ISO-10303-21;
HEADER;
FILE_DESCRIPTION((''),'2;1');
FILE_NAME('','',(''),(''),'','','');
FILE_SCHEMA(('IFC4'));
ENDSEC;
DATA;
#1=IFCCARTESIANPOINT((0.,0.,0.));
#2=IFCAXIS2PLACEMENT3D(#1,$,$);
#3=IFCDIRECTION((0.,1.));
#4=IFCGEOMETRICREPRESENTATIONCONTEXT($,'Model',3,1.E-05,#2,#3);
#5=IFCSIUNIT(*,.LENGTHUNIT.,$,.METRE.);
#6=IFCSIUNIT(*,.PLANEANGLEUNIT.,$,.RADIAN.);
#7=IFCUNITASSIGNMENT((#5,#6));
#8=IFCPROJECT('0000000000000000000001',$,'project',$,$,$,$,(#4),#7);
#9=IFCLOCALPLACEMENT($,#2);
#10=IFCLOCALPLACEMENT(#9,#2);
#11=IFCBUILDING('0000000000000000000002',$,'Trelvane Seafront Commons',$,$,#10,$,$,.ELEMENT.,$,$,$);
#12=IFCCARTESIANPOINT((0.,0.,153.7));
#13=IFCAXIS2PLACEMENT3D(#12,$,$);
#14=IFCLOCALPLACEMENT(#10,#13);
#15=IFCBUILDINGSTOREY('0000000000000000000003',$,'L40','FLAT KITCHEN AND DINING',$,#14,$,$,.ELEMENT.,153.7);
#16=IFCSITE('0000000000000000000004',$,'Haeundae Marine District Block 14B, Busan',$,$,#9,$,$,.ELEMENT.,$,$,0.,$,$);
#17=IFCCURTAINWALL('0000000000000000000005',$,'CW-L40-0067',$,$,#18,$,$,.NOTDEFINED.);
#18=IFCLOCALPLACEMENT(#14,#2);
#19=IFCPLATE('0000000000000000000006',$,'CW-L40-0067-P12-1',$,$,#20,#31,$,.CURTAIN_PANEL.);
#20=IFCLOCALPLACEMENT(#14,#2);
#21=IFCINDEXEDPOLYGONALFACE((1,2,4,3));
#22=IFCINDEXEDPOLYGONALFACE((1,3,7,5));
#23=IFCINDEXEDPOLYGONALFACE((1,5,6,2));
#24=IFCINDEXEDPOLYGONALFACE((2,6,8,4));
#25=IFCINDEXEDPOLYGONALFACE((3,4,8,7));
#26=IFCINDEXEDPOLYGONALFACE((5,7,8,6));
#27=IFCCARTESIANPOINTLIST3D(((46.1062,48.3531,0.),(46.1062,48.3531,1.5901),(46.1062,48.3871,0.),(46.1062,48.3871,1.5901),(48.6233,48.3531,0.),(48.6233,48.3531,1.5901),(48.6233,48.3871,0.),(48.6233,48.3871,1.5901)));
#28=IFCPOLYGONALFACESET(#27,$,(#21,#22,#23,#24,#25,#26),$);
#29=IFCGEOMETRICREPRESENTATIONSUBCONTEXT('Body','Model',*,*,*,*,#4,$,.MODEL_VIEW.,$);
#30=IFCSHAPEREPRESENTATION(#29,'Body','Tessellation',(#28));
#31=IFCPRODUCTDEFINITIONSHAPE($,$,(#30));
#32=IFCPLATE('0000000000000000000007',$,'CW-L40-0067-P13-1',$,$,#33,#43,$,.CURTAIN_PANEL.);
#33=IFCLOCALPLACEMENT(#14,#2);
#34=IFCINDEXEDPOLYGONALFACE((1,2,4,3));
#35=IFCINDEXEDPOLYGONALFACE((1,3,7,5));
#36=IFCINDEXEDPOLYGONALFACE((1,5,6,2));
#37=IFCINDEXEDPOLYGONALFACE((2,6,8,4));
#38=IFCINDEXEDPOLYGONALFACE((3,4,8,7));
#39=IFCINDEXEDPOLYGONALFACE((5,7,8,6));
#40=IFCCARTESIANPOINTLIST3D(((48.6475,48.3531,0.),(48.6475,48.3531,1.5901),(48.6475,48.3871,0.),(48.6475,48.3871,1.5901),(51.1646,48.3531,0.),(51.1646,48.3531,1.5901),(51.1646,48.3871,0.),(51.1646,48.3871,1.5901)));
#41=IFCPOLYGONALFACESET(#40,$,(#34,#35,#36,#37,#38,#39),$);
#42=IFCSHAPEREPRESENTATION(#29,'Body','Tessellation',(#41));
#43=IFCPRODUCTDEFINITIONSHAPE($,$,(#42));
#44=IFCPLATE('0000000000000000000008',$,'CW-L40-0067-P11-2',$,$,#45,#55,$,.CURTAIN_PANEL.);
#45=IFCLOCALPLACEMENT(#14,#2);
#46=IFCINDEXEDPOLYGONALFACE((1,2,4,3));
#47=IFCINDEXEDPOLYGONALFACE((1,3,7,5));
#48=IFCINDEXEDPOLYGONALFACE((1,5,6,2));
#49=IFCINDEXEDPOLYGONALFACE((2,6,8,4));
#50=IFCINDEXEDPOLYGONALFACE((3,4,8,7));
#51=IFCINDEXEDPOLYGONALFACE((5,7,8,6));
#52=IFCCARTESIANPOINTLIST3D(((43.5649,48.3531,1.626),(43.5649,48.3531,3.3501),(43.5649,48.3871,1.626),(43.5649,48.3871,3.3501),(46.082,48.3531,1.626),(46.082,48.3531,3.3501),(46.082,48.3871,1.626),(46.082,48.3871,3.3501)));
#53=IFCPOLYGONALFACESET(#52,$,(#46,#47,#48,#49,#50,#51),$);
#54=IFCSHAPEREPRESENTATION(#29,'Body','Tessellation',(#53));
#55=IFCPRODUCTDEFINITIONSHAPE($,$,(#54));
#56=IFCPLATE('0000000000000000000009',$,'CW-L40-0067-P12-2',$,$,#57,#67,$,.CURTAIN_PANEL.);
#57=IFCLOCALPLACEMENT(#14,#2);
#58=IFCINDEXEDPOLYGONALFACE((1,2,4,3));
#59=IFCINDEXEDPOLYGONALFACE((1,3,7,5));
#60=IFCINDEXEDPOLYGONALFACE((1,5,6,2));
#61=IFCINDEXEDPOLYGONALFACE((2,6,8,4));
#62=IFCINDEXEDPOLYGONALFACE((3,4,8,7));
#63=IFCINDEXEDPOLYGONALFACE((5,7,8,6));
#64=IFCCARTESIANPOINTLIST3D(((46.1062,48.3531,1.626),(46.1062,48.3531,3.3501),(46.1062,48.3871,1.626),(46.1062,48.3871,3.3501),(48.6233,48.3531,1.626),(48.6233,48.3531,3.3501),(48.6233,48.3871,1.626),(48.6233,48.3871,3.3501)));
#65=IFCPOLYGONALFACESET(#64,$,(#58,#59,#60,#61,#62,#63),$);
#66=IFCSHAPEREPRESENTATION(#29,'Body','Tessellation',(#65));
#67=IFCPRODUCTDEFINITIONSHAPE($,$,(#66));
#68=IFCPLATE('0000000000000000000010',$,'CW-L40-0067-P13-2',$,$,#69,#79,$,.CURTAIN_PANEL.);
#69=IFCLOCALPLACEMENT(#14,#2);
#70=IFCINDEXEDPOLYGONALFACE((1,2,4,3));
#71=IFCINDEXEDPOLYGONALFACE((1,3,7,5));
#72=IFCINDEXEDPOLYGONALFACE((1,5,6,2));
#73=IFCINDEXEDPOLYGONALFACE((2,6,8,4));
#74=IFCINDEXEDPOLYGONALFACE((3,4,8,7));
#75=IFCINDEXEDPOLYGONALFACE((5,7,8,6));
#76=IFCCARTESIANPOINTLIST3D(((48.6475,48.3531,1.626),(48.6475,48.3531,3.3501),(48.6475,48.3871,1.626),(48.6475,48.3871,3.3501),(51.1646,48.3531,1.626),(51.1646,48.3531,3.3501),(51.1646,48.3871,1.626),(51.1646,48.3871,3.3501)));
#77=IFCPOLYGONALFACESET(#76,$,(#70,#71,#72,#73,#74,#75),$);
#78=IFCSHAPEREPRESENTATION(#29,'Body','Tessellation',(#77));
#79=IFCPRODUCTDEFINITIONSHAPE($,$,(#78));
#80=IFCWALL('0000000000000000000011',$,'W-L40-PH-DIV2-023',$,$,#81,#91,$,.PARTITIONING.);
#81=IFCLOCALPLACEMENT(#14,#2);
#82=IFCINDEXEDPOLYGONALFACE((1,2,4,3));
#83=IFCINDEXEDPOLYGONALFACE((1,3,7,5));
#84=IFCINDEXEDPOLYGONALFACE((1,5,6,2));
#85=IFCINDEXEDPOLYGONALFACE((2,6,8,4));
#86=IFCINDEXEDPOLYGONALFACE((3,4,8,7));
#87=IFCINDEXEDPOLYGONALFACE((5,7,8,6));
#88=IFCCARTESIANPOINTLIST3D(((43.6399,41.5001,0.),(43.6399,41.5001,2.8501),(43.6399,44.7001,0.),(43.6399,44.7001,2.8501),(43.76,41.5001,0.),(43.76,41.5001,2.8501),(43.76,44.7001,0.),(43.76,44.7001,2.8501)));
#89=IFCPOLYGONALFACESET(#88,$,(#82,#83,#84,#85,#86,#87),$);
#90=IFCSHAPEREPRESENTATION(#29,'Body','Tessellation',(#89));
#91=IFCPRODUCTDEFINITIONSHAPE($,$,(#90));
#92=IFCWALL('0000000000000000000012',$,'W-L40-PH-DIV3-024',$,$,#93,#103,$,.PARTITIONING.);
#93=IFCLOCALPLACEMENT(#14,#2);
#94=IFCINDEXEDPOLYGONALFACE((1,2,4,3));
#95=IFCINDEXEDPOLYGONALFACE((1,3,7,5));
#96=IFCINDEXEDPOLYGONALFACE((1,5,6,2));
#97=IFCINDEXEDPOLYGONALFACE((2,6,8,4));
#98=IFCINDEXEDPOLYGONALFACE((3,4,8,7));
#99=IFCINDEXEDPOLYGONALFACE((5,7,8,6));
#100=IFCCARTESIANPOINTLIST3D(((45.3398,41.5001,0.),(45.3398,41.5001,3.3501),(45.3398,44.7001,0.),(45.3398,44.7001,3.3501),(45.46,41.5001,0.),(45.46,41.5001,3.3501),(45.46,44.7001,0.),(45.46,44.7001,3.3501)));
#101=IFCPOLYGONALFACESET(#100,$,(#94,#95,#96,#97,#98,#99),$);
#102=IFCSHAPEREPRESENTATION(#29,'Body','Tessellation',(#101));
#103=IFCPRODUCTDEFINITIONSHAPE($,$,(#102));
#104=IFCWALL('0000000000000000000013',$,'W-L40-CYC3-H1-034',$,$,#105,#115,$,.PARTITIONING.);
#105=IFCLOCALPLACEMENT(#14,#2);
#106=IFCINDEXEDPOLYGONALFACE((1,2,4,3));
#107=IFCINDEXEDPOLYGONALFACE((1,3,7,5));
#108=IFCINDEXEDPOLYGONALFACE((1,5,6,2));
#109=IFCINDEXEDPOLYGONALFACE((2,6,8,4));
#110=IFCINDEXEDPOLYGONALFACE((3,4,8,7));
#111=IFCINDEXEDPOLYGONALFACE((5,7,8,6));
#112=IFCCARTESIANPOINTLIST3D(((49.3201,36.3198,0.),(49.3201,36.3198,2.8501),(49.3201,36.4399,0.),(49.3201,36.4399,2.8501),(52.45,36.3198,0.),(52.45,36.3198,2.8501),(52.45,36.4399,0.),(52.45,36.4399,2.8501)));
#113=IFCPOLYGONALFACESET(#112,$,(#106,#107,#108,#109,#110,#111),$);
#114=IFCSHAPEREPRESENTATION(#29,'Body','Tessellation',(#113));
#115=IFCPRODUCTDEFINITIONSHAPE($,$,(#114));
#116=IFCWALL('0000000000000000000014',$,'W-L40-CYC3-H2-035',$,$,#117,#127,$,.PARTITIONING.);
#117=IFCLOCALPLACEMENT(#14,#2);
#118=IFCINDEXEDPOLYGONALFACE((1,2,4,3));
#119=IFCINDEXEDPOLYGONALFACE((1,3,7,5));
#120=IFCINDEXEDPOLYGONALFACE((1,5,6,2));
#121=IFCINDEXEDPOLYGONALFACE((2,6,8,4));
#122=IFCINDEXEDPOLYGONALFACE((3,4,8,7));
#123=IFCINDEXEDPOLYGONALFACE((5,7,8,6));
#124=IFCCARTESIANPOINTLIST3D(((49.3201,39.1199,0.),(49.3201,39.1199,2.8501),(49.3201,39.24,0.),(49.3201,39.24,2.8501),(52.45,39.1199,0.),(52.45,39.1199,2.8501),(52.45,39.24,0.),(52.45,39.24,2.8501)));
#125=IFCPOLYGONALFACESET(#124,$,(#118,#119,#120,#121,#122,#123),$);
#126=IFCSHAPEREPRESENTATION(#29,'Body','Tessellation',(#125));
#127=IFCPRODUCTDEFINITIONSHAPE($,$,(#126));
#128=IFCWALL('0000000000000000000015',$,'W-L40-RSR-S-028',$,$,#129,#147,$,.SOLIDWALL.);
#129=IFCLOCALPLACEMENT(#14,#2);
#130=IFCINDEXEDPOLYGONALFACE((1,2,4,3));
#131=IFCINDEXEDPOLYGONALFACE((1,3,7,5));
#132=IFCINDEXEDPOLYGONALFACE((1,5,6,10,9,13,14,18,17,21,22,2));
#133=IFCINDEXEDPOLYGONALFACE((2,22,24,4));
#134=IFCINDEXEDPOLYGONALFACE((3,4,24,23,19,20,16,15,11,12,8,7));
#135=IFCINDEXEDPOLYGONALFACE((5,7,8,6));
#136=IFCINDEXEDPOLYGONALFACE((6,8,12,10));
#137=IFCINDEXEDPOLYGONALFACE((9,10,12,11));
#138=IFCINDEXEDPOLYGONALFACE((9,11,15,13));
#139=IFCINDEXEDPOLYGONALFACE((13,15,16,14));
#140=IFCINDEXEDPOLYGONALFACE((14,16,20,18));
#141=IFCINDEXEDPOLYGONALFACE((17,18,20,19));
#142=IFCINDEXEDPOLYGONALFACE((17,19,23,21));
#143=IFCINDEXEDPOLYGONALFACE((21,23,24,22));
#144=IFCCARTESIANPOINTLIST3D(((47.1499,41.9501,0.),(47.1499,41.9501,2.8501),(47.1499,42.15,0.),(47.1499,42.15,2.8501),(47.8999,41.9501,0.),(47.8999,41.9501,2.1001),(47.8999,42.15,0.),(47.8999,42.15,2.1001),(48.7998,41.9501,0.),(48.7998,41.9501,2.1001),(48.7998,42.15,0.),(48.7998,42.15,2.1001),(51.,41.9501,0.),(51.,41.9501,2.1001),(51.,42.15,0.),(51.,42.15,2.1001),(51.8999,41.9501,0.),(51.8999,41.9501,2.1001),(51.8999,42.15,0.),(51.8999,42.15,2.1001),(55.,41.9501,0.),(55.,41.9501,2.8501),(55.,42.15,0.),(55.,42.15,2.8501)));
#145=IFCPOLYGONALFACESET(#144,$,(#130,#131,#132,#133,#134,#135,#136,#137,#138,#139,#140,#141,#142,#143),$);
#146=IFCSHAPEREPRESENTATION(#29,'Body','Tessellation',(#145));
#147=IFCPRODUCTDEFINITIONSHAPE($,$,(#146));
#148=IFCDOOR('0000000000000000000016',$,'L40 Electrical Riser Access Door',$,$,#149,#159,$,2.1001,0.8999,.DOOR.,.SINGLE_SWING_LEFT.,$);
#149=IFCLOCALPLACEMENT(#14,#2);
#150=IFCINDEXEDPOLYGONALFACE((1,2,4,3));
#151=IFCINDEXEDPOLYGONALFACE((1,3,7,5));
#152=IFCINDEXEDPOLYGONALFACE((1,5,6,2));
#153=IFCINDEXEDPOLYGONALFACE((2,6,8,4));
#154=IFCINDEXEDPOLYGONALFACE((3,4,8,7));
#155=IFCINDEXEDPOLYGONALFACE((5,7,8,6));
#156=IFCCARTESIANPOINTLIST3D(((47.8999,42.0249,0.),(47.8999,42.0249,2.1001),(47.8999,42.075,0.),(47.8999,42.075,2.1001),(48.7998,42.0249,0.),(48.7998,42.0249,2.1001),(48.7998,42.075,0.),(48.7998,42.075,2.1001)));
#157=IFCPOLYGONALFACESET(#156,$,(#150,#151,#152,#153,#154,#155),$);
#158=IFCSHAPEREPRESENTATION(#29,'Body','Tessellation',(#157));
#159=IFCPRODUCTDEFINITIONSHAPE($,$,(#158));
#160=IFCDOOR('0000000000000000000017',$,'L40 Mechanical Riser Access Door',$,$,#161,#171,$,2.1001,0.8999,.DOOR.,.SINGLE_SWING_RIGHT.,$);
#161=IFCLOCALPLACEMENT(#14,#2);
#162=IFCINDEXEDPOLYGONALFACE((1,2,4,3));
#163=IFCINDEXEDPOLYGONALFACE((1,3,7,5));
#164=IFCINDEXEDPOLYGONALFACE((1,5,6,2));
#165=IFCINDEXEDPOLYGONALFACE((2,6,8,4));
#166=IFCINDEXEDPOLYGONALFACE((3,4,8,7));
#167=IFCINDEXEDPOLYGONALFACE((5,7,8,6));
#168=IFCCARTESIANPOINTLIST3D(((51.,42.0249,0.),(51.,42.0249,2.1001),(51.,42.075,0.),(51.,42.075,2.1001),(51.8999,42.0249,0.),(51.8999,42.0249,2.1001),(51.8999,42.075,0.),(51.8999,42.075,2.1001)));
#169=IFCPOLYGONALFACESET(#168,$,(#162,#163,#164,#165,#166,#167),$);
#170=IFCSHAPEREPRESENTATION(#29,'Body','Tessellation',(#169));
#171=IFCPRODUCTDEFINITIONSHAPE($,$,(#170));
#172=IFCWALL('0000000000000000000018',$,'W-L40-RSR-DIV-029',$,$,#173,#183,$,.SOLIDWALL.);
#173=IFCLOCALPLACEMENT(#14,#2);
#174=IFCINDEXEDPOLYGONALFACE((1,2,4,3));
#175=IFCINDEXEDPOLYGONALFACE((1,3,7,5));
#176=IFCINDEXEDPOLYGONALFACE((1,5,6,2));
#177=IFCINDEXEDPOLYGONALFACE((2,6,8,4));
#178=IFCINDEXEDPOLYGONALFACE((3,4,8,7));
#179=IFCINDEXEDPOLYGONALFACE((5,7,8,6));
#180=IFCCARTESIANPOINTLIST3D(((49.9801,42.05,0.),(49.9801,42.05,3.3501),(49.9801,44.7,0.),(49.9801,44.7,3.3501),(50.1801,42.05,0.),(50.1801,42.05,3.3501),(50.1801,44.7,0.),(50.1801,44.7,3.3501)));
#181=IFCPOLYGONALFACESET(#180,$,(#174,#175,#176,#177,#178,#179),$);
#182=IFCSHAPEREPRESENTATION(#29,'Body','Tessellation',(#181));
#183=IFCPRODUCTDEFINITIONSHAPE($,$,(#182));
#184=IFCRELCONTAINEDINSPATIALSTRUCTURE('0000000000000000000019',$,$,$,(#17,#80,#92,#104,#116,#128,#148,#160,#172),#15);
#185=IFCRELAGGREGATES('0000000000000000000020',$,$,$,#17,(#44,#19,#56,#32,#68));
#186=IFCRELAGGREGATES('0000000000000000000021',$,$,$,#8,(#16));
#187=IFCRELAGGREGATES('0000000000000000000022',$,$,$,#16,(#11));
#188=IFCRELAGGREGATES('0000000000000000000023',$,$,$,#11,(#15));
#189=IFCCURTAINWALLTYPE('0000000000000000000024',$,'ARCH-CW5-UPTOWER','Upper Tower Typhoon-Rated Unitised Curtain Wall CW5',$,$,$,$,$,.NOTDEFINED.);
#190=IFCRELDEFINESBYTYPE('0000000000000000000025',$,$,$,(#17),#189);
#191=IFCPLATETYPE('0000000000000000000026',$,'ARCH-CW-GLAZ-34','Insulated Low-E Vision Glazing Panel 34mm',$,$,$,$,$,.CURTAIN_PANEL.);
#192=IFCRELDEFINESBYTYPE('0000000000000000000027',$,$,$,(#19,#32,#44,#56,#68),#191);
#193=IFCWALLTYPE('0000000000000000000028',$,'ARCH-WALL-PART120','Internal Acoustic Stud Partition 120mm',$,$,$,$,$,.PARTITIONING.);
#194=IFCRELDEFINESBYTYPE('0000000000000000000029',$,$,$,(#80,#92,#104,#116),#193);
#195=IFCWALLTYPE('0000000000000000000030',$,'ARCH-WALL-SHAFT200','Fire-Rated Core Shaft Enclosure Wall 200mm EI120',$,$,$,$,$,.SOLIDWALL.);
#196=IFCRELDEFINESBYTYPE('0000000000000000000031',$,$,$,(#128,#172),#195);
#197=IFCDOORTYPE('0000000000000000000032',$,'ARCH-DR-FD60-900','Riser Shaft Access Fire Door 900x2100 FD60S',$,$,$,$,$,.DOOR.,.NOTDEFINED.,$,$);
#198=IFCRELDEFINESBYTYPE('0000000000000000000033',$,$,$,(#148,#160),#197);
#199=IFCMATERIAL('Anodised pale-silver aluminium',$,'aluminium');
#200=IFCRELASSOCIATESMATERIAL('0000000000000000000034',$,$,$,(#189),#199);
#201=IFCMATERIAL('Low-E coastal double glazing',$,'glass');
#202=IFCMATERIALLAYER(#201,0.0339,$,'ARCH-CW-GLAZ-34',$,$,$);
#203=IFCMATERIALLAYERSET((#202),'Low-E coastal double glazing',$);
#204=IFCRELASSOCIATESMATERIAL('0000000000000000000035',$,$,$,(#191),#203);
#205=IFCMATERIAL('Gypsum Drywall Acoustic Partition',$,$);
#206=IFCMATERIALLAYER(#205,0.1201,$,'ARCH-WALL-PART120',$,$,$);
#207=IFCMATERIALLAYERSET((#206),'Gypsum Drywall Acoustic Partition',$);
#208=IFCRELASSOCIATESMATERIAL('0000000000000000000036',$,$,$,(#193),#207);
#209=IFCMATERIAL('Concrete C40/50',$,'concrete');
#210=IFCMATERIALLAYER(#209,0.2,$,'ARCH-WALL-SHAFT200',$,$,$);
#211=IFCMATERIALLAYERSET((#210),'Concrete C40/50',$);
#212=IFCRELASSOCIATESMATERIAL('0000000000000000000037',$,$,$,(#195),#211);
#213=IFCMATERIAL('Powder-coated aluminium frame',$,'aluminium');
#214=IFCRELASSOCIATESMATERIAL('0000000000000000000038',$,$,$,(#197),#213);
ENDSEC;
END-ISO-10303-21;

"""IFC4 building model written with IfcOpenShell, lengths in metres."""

from ifc_helpers import new_model, si_unit, direction, frame, frame_2d, origin, origin_2d, place, context, subcontext, project, spatial, rectangle, extrude, source, transform, mapped, material, layer, layer_set, type_object, element, fill, aggregate, save


model = new_model("IFC4")

# Units and contexts
model_context = context("Model", 3, precision=1e-05, world=origin(), true_north=direction((0.0, 1.0)))
body_context = subcontext(model_context, "Body", "Model", "MODEL_VIEW")
ifc_project = project(units=[si_unit("LENGTHUNIT", "METRE"), si_unit("PLANEANGLEUNIT", "RADIAN")], contexts=[model_context])

# Site, building, storey
site_placement = place(None, origin())
site = spatial("IfcSite", under=ifc_project, at=site_placement, Name="Haeundae Marine District Block 14B, Busan", CompositionType="ELEMENT", RefElevation=0.0)
building_placement = place(site_placement, origin())
building = spatial("IfcBuilding", under=site, at=building_placement, Name="Trelvane Seafront Commons", CompositionType="ELEMENT")
storey_placement = place(building_placement, frame((0.0, 0.0, 153.7)))
storey = spatial("IfcBuildingStorey", under=building, at=storey_placement, Name="L40", Description="FLAT KITCHEN AND DINING", CompositionType="ELEMENT", Elevation=153.7)

# Curtain wall
ifc_material_1 = material(Name="Anodised pale-silver aluminium", Category="aluminium")
curtain_wall_type = type_object("IfcCurtainWallType", Name="ARCH-CW5-UPTOWER", Description="Upper Tower Typhoon-Rated Unitised Curtain Wall CW5", PredefinedType="NOTDEFINED", material=ifc_material_1)
curtain_wall_placement = place(storey_placement, origin())
curtain_wall = element("IfcCurtainWall", 1, at=curtain_wall_placement, inside=storey, type_object=curtain_wall_type, Name="CW-L40-0067", PredefinedType="NOTDEFINED")

# Plates
ifc_material_2 = material(Name="Low-E coastal double glazing", Category="glass")
ifc_layer_1 = layer(ifc_material_2, 0.0339, Name="ARCH-CW-GLAZ-34")
ifc_layer_set_1 = layer_set([ifc_layer_1], Name="Low-E coastal double glazing")
plate_type_1 = type_object("IfcPlateType", Name="ARCH-CW-GLAZ-34", Description="Insulated Low-E Vision Glazing Panel 34mm", PredefinedType="CURTAIN_PANEL", material=ifc_layer_set_1)
shared_shape_1 = source(origin(), body_context, "Body", "SweptSolid", [
    extrude(rectangle(XDim=2.5171, YDim=0.0339, at=origin_2d()), origin(), (0.0, 0.0, 1.0), 1.5901),
])
plate_1_placement = place(storey_placement, frame((47.3647, 48.3701, 0.0), z_axis=(0.0, 0.0, 1.0), x_axis=(1.0, 0.0, 0.0)))
plate_1 = element("IfcPlate", 2, at=plate_1_placement, type_object=plate_type_1, Name="CW-L40-0067-P12-1", PredefinedType="CURTAIN_PANEL", context=body_context, shape_type="MappedRepresentation", body=[
    mapped(shared_shape_1, transform((0.0, 0.0, 0.0), x_axis=(1.0, 0.0, 0.0), y_axis=(0.0, 1.0, 0.0), z_axis=(0.0, 0.0, 1.0), scale=1.0)),
])
plate_2_placement = place(storey_placement, frame((49.906, 48.3701, 0.0), z_axis=(0.0, 0.0, 1.0), x_axis=(1.0, 0.0, 0.0)))
plate_2 = element("IfcPlate", 3, at=plate_2_placement, type_object=plate_type_1, Name="CW-L40-0067-P13-1", PredefinedType="CURTAIN_PANEL", context=body_context, shape_type="MappedRepresentation", body=[
    mapped(shared_shape_1, transform((0.0, 0.0, 0.0), x_axis=(1.0, 0.0, 0.0), y_axis=(0.0, 1.0, 0.0), z_axis=(0.0, 0.0, 1.0), scale=1.0)),
])
shared_shape_2 = source(origin(), body_context, "Body", "SweptSolid", [
    extrude(rectangle(XDim=2.5171, YDim=0.0339, at=origin_2d()), origin(), (0.0, 0.0, 1.0), 1.7241),
])
plate_3_placement = place(storey_placement, frame((44.8235, 48.3701, 1.626), z_axis=(0.0, 0.0, 1.0), x_axis=(1.0, 0.0, 0.0)))
plate_3 = element("IfcPlate", 4, at=plate_3_placement, type_object=plate_type_1, Name="CW-L40-0067-P11-2", PredefinedType="CURTAIN_PANEL", context=body_context, shape_type="MappedRepresentation", body=[
    mapped(shared_shape_2, transform((0.0, 0.0, 0.0), x_axis=(1.0, 0.0, 0.0), y_axis=(0.0, 1.0, 0.0), z_axis=(0.0, 0.0, 1.0), scale=1.0)),
])
plate_4_placement = place(storey_placement, frame((47.3647, 48.3701, 1.626), z_axis=(0.0, 0.0, 1.0), x_axis=(1.0, 0.0, 0.0)))
plate_4 = element("IfcPlate", 5, at=plate_4_placement, type_object=plate_type_1, Name="CW-L40-0067-P12-2", PredefinedType="CURTAIN_PANEL", context=body_context, shape_type="MappedRepresentation", body=[
    mapped(shared_shape_2, transform((0.0, 0.0, 0.0), x_axis=(1.0, 0.0, 0.0), y_axis=(0.0, 1.0, 0.0), z_axis=(0.0, 0.0, 1.0), scale=1.0)),
])
plate_5_placement = place(storey_placement, frame((49.906, 48.3701, 1.626), z_axis=(0.0, 0.0, 1.0), x_axis=(1.0, 0.0, 0.0)))
plate_5 = element("IfcPlate", 6, at=plate_5_placement, type_object=plate_type_1, Name="CW-L40-0067-P13-2", PredefinedType="CURTAIN_PANEL", context=body_context, shape_type="MappedRepresentation", body=[
    mapped(shared_shape_2, transform((0.0, 0.0, 0.0), x_axis=(1.0, 0.0, 0.0), y_axis=(0.0, 1.0, 0.0), z_axis=(0.0, 0.0, 1.0), scale=1.0)),
])
aggregate(curtain_wall, [plate_3, plate_1, plate_4, plate_2, plate_5])

# Walls
ifc_material_3 = material(Name="Gypsum Drywall Acoustic Partition")
ifc_layer_2 = layer(ifc_material_3, 0.1201, Name="ARCH-WALL-PART120")
ifc_layer_set_2 = layer_set([ifc_layer_2], Name="Gypsum Drywall Acoustic Partition")
wall_type_1 = type_object("IfcWallType", Name="ARCH-WALL-PART120", Description="Internal Acoustic Stud Partition 120mm", PredefinedType="PARTITIONING", material=ifc_layer_set_2)
wall_1_placement = place(storey_placement, frame((43.7, 41.5, 0.0), z_axis=(0.0, 0.0, 1.0), x_axis=(0.0, 1.0, 0.0)))
element("IfcWall", 7, at=wall_1_placement, inside=storey, type_object=wall_type_1, Name="W-L40-PH-DIV2-023", PredefinedType="PARTITIONING", context=body_context, shape_type="SweptSolid", body=[
    extrude(rectangle(XDim=3.2, YDim=0.1201, at=frame_2d((1.6001, 0.0))), origin(), (0.0, 0.0, 1.0), 2.8501),
])
wall_2_placement = place(storey_placement, frame((45.3999, 41.5, 0.0), z_axis=(0.0, 0.0, 1.0), x_axis=(0.0, 1.0, 0.0)))
element("IfcWall", 8, at=wall_2_placement, inside=storey, type_object=wall_type_1, Name="W-L40-PH-DIV3-024", PredefinedType="PARTITIONING", context=body_context, shape_type="SweptSolid", body=[
    extrude(rectangle(XDim=3.2, YDim=0.1201, at=frame_2d((1.6001, 0.0))), origin(), (0.0, 0.0, 1.0), 3.3501),
])
for number, where, z_axis, x_axis, name in (
    (9, (49.3201, 36.3799, 0.0), (0.0, 0.0, 1.0), (1.0, 0.0, 0.0), "W-L40-CYC3-H1-034"),
    (10, (49.3201, 39.1799, 0.0), (0.0, 0.0, 1.0), (1.0, 0.0, 0.0), "W-L40-CYC3-H2-035"),
):
    element("IfcWall", number, at=place(storey_placement, frame(where, z_axis=z_axis, x_axis=x_axis)), inside=storey, type_object=wall_type_1, Name=name, PredefinedType="PARTITIONING", context=body_context, shape_type="SweptSolid", body=[
        extrude(rectangle(XDim=3.1299, YDim=0.1201, at=frame_2d((1.5649, 0.0))), origin(), (0.0, 0.0, 1.0), 2.8501),
    ])

# Wall, openings, doors
ifc_material_4 = material(Name="Concrete C40/50", Category="concrete")
ifc_layer_3 = layer(ifc_material_4, 0.2, Name="ARCH-WALL-SHAFT200")
ifc_layer_set_3 = layer_set([ifc_layer_3], Name="Concrete C40/50")
wall_type_2 = type_object("IfcWallType", Name="ARCH-WALL-SHAFT200", Description="Fire-Rated Core Shaft Enclosure Wall 200mm EI120", PredefinedType="SOLIDWALL", material=ifc_layer_set_3)
wall_3_placement = place(storey_placement, frame((47.1499, 42.05, 0.0), z_axis=(0.0, 0.0, 1.0), x_axis=(1.0, 0.0, 0.0)))
wall_3 = element("IfcWall", 11, at=wall_3_placement, inside=storey, type_object=wall_type_2, Name="W-L40-RSR-S-028", PredefinedType="SOLIDWALL", context=body_context, shape_type="SweptSolid", body=[
    extrude(rectangle(XDim=7.8501, YDim=0.2, at=frame_2d((3.925, 0.0))), origin(), (0.0, 0.0, 1.0), 2.8501),
])
opening_1_placement = place(wall_3_placement, frame((0.75, 0.0, 0.0)))
opening_1 = element("IfcOpeningElement", 12, at=opening_1_placement, cuts=wall_3, PredefinedType="OPENING", context=body_context, shape_type="SweptSolid", body=[
    extrude(rectangle(XDim=0.8999, YDim=2.1001, at=frame_2d((0.45, 1.05))), frame((0.0, 0.1099, 0.0), z_axis=(0.0, -1.0, 0.0), x_axis=(1.0, 0.0, 0.0)), (0.0, 0.0, 1.0), 0.22),
])
opening_2_placement = place(wall_3_placement, frame((3.8501, 0.0, 0.0)))
opening_2 = element("IfcOpeningElement", 13, at=opening_2_placement, cuts=wall_3, PredefinedType="OPENING", context=body_context, shape_type="SweptSolid", body=[
    extrude(rectangle(XDim=0.8999, YDim=2.1001, at=frame_2d((0.45, 1.05))), frame((0.0, 0.1099, 0.0), z_axis=(0.0, -1.0, 0.0), x_axis=(1.0, 0.0, 0.0)), (0.0, 0.0, 1.0), 0.22),
])
ifc_material_5 = material(Name="Powder-coated aluminium frame", Category="aluminium")
door_type = type_object("IfcDoorType", Name="ARCH-DR-FD60-900", Description="Riser Shaft Access Fire Door 900x2100 FD60S", OperationType="NOTDEFINED", PredefinedType="DOOR", material=ifc_material_5)
shared_shape_3 = source(origin(), body_context, "Body", "SweptSolid", [
    extrude(rectangle(XDim=0.8999, YDim=2.1001, at=frame_2d((0.45, 1.05))), frame((0.0, 0.0249, 0.0), z_axis=(0.0, -1.0, 0.0), x_axis=(1.0, 0.0, 0.0)), (0.0, 0.0, 1.0), 0.05),
])
door_1_placement = place(opening_1_placement, origin())
door_1 = element("IfcDoor", 14, at=door_1_placement, inside=storey, type_object=door_type, Name="L40 Electrical Riser Access Door", OperationType="SINGLE_SWING_LEFT", OverallHeight=2.1001, OverallWidth=0.8999, PredefinedType="DOOR", context=body_context, shape_type="MappedRepresentation", body=[
    mapped(shared_shape_3, transform((0.0, 0.0, 0.0), x_axis=(1.0, 0.0, 0.0), y_axis=(0.0, 1.0, 0.0), z_axis=(0.0, 0.0, 1.0), scale=1.0)),
])
fill(opening_1, door_1)
door_2_placement = place(opening_2_placement, origin())
door_2 = element("IfcDoor", 15, at=door_2_placement, inside=storey, type_object=door_type, Name="L40 Mechanical Riser Access Door", OperationType="SINGLE_SWING_RIGHT", OverallHeight=2.1001, OverallWidth=0.8999, PredefinedType="DOOR", context=body_context, shape_type="MappedRepresentation", body=[
    mapped(shared_shape_3, transform((0.0, 0.0, 0.0), x_axis=(1.0, 0.0, 0.0), y_axis=(0.0, 1.0, 0.0), z_axis=(0.0, 0.0, 1.0), scale=1.0)),
])
fill(opening_2, door_2)

# Wall
wall_4_placement = place(storey_placement, frame((50.0801, 42.05, 0.0), z_axis=(0.0, 0.0, 1.0), x_axis=(0.0, 1.0, 0.0)))
element("IfcWall", 16, at=wall_4_placement, inside=storey, type_object=wall_type_2, Name="W-L40-RSR-DIV-029", PredefinedType="SOLIDWALL", context=body_context, shape_type="SweptSolid", body=[
    extrude(rectangle(XDim=2.6499, YDim=0.2, at=frame_2d((1.325, 0.0))), origin(), (0.0, 0.0, 1.0), 3.3501),
])

save(model, "model.ifc")
